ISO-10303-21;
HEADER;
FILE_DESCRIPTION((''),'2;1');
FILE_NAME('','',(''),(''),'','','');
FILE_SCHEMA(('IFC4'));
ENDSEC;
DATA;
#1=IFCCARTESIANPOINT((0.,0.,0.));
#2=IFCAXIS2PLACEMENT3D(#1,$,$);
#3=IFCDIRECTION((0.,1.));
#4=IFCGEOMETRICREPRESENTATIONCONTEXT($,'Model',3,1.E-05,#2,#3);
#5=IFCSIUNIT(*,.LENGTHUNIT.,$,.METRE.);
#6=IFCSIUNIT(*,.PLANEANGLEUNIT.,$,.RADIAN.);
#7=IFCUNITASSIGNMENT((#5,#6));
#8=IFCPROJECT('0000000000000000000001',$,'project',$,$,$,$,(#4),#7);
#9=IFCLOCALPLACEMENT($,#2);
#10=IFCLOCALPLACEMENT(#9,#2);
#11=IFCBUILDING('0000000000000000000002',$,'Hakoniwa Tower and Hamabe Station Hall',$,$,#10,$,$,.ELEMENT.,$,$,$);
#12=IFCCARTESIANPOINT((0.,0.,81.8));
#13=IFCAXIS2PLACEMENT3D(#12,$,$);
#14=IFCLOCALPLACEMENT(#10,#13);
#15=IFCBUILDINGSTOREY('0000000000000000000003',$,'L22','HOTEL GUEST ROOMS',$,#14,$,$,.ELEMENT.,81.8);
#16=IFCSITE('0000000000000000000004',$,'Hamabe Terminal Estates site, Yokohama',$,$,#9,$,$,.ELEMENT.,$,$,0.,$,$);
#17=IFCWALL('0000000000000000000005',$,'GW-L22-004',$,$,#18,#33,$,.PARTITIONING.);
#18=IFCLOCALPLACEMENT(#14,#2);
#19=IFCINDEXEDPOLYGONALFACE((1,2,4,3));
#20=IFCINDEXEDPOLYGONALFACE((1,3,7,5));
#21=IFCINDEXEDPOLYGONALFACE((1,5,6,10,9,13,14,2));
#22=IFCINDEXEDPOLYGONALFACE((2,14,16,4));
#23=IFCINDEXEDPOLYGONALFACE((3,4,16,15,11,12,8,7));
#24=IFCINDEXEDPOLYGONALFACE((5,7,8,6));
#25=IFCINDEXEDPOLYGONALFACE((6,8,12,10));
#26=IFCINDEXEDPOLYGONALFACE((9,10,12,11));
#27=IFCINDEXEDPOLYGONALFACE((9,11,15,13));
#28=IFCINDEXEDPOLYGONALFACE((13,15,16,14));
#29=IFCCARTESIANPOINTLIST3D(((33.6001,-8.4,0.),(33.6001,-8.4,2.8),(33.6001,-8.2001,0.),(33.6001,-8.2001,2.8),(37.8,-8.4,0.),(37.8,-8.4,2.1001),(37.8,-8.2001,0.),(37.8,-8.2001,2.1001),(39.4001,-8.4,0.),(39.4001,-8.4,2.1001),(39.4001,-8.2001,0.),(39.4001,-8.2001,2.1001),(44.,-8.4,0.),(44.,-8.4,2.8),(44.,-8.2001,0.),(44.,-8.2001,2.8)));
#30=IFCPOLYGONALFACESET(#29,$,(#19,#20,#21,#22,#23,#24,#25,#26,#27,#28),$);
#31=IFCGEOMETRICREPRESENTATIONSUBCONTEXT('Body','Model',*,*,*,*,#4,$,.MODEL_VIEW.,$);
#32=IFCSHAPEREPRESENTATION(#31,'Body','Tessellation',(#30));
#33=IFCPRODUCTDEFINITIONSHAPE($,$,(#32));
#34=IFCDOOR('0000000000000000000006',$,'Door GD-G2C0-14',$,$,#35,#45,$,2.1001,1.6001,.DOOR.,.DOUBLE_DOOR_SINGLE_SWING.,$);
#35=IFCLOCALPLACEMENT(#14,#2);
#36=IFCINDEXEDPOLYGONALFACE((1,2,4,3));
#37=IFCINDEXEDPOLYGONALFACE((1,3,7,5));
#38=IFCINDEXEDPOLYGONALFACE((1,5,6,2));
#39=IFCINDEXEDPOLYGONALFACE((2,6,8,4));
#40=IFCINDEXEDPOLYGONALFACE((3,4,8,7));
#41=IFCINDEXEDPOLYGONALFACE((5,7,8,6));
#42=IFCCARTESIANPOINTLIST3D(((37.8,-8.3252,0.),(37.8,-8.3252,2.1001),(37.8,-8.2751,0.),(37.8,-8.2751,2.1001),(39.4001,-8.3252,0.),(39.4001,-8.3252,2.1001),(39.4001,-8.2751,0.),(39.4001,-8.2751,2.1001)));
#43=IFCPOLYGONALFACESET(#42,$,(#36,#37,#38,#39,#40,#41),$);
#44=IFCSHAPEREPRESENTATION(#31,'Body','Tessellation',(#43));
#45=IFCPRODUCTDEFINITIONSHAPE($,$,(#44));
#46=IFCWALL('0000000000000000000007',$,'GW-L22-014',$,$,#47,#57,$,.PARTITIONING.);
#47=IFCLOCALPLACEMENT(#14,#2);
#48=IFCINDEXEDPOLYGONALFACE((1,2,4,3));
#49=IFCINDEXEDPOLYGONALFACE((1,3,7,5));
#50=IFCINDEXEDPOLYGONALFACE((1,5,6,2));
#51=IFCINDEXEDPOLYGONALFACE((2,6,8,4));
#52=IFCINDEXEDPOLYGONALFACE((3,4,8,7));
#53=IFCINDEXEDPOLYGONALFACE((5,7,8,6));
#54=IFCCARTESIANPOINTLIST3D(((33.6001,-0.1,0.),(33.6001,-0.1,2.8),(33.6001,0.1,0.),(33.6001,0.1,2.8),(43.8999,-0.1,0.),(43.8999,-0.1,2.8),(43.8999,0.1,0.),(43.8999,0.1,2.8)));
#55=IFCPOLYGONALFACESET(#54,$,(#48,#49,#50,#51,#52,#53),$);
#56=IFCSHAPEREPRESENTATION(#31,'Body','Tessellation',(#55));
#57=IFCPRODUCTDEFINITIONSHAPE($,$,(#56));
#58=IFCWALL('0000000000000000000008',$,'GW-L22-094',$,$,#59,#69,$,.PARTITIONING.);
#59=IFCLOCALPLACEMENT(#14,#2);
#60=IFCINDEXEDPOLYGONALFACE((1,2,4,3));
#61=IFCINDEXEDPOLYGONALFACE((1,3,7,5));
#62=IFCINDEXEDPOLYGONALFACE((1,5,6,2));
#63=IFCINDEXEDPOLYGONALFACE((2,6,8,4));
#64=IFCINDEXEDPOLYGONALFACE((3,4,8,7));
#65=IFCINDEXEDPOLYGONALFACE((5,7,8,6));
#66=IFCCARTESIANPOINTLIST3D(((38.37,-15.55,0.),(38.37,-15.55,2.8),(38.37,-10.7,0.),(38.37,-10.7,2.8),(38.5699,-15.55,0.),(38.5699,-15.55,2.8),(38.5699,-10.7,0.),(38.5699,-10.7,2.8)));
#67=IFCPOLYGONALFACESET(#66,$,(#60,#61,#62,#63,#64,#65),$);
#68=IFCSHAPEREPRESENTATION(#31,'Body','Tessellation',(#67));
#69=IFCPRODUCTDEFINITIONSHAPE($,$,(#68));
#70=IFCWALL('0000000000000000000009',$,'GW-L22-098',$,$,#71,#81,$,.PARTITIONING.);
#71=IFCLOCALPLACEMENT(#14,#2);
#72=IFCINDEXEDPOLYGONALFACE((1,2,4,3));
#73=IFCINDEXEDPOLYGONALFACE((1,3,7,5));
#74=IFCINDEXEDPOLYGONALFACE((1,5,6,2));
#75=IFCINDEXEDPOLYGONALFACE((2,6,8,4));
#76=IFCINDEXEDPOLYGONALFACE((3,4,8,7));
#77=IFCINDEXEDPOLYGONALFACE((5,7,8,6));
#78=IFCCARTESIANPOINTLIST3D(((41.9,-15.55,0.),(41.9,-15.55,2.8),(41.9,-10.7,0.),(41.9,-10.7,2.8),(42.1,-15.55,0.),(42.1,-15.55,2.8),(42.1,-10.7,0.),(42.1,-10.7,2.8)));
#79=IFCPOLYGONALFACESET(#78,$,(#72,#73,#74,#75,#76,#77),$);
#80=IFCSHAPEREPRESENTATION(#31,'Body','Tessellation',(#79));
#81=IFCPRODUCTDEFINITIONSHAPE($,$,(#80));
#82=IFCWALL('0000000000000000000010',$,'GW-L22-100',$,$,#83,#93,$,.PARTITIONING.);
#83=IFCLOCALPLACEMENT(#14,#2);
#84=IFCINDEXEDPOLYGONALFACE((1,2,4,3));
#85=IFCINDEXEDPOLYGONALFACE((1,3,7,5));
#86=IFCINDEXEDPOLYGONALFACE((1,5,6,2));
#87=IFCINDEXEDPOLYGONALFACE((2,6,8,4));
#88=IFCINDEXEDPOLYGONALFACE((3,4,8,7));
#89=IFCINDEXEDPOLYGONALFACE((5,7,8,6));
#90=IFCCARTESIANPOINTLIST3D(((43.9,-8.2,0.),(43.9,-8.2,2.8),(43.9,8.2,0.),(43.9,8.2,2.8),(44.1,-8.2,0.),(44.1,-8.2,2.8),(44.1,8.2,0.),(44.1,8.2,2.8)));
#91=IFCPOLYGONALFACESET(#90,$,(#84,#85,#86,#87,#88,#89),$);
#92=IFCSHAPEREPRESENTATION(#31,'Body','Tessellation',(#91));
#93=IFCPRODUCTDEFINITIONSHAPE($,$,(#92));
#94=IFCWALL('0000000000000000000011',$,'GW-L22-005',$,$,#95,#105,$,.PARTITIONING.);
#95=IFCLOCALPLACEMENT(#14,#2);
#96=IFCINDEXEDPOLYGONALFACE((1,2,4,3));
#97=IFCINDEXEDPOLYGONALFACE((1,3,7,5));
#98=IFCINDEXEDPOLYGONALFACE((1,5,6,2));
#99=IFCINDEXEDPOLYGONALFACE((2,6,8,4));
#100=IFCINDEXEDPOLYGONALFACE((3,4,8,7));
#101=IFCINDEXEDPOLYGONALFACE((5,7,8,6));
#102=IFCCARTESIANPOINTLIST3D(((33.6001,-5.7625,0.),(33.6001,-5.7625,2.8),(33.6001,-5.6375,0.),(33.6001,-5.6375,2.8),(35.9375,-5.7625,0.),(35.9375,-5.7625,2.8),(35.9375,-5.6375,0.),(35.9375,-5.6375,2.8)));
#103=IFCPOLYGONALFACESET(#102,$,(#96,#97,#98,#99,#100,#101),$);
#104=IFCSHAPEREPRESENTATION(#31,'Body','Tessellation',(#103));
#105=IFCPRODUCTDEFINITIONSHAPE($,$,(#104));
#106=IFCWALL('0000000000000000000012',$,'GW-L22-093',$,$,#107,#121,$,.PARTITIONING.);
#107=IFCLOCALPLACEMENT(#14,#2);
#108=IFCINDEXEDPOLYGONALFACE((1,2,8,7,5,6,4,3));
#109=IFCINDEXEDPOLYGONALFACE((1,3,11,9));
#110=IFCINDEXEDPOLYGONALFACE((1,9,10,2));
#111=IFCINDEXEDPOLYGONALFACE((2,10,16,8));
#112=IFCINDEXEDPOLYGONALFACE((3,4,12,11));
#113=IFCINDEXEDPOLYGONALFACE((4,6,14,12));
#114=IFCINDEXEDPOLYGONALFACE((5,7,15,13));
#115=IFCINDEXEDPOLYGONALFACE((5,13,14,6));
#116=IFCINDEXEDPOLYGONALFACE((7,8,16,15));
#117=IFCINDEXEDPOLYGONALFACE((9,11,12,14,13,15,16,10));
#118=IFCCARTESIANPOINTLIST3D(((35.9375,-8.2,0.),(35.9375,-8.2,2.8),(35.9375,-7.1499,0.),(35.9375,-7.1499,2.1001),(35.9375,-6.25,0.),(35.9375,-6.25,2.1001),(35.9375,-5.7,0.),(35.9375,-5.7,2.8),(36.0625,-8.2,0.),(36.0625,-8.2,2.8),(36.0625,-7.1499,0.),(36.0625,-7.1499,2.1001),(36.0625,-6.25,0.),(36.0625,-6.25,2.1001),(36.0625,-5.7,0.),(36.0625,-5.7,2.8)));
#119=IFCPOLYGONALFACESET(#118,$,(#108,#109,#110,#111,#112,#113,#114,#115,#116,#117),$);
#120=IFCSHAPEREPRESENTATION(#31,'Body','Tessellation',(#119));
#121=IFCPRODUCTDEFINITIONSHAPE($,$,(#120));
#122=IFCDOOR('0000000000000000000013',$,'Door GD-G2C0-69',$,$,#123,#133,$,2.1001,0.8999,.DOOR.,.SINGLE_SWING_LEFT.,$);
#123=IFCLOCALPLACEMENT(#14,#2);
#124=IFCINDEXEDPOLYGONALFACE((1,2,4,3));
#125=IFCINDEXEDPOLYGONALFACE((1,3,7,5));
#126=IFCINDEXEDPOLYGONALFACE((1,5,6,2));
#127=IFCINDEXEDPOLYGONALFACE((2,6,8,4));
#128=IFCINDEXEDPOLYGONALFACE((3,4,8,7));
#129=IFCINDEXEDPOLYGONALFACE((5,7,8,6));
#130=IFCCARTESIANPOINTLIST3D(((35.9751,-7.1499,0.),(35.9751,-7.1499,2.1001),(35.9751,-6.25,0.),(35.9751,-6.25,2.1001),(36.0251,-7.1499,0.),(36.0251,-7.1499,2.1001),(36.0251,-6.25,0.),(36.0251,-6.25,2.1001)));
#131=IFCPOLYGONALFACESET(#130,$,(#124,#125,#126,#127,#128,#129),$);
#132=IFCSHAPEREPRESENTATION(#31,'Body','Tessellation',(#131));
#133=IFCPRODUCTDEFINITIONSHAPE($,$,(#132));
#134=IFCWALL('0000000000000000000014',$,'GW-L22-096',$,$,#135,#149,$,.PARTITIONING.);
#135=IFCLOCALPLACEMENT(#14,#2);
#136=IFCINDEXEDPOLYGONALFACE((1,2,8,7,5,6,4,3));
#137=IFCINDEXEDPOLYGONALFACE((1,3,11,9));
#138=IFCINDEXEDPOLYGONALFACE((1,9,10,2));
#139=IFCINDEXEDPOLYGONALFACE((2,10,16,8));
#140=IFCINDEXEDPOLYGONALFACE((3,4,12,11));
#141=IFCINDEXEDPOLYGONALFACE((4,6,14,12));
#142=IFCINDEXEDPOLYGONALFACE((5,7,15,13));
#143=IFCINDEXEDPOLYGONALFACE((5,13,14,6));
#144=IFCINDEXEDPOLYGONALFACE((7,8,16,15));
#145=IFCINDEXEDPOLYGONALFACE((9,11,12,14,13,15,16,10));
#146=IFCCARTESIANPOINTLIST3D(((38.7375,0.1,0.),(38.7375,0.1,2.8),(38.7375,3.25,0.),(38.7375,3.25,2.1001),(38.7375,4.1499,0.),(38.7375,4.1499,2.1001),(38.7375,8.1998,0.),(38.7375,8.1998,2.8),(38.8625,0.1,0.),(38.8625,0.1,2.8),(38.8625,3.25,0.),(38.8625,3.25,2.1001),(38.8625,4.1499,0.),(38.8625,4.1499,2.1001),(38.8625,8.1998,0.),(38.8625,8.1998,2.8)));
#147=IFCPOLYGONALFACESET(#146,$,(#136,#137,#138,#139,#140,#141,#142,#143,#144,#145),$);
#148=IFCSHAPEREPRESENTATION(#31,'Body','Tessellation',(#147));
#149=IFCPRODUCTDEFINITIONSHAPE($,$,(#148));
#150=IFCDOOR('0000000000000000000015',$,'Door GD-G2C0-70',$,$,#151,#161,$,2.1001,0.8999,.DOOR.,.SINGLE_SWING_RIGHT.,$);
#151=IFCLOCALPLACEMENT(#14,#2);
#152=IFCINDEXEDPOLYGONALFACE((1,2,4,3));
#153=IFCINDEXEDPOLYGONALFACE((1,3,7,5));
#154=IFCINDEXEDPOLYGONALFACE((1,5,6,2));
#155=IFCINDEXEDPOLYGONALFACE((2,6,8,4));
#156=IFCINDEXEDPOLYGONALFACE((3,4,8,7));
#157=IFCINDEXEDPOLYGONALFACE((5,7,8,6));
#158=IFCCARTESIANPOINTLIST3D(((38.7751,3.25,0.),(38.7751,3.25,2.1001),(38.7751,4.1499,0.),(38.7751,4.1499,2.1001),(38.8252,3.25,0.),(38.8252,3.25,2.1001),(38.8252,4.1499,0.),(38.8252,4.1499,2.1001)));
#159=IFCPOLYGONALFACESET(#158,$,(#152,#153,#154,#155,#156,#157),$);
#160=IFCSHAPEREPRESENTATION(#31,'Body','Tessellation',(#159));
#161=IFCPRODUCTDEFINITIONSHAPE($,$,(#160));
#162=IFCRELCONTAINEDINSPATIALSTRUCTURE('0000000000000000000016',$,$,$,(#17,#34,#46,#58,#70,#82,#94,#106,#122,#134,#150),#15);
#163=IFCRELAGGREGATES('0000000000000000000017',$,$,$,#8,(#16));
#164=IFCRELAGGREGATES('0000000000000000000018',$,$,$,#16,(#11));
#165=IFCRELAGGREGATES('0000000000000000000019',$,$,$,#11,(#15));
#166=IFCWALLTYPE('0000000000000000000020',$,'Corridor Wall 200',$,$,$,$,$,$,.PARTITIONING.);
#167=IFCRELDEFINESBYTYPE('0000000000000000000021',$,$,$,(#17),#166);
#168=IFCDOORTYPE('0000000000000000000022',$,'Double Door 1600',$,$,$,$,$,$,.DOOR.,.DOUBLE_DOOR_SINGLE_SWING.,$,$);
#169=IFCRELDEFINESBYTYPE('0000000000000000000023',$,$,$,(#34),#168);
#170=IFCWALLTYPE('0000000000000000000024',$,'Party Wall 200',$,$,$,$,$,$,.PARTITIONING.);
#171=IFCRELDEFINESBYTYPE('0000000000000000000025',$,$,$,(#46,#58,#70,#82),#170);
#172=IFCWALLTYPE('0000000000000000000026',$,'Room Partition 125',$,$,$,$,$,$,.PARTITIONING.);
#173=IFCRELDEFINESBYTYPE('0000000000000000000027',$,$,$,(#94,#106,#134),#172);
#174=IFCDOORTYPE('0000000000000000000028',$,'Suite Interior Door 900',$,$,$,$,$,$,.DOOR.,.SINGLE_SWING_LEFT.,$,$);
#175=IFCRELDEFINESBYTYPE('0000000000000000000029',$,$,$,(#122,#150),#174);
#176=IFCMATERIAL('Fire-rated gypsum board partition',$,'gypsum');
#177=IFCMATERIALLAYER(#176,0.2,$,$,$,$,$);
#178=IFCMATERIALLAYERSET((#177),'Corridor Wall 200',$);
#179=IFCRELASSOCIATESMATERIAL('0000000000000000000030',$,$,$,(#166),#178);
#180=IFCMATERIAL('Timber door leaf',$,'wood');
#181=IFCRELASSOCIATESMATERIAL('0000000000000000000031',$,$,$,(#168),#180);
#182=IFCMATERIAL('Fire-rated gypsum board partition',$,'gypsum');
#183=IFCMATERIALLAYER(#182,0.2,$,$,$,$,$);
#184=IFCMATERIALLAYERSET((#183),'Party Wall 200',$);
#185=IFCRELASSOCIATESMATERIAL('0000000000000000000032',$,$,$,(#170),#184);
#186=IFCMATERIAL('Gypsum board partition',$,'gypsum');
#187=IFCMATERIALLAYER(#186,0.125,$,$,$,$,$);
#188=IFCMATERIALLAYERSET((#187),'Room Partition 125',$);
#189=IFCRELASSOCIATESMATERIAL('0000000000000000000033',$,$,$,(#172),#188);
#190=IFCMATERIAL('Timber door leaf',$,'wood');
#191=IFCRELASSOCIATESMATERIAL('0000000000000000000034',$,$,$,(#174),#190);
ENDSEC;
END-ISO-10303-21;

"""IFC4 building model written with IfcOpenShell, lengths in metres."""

from ifc_helpers import new_model, si_unit, direction, frame, frame_2d, origin, place, context, subcontext, project, spatial, rectangle, extrude, material, layer, layer_set, type_object, element, fill, save


model = new_model("IFC4")

# Units and contexts
model_context = context("Model", 3, precision=1e-05, world=origin(), true_north=direction((0.0, 1.0)))
body_context = subcontext(model_context, "Body", "Model", "MODEL_VIEW")
ifc_project = project(units=[si_unit("LENGTHUNIT", "METRE"), si_unit("PLANEANGLEUNIT", "RADIAN")], contexts=[model_context])

# Site, building, storey
site_placement = place(None, origin())
site = spatial("IfcSite", under=ifc_project, at=site_placement, Name="Hamabe Terminal Estates site, Yokohama", CompositionType="ELEMENT", RefElevation=0.0)
building_placement = place(site_placement, origin())
building = spatial("IfcBuilding", under=site, at=building_placement, Name="Hakoniwa Tower and Hamabe Station Hall", CompositionType="ELEMENT")
storey_placement = place(building_placement, frame((0.0, 0.0, 81.8)))
storey = spatial("IfcBuildingStorey", under=building, at=storey_placement, Name="L22", Description="HOTEL GUEST ROOMS", CompositionType="ELEMENT", Elevation=81.8)

# Wall, opening, door
ifc_material_1 = material(Name="Fire-rated gypsum board partition", Category="gypsum")
ifc_layer_1 = layer(ifc_material_1, 0.2)
ifc_layer_set_1 = layer_set([ifc_layer_1], Name="Corridor Wall 200")
wall_type_1 = type_object("IfcWallType", Name="Corridor Wall 200", PredefinedType="PARTITIONING", material=ifc_layer_set_1)
wall_1_placement = place(storey_placement, frame((33.6001, -8.3, 0.0), z_axis=(0.0, 0.0, 1.0), x_axis=(1.0, 0.0, 0.0)))
wall_1 = element("IfcWall", 1, at=wall_1_placement, inside=storey, type_object=wall_type_1, Name="GW-L22-004", PredefinedType="PARTITIONING", context=body_context, shape_type="SweptSolid", body=[
    extrude(rectangle(XDim=10.3999, YDim=0.2, at=frame_2d((5.2, 0.0))), origin(), (0.0, 0.0, 1.0), 2.8),
])
opening_1_placement = place(wall_1_placement, frame((4.2, 0.0, 0.0)))
opening_1 = element("IfcOpeningElement", 2, at=opening_1_placement, cuts=wall_1, PredefinedType="OPENING", context=body_context, shape_type="SweptSolid", body=[
    extrude(rectangle(XDim=1.6001, YDim=2.1001, at=frame_2d((0.8, 1.05))), frame((0.0, 0.1099, 0.0), z_axis=(0.0, -1.0, 0.0), x_axis=(1.0, 0.0, 0.0)), (0.0, 0.0, 1.0), 0.22),
])
ifc_material_2 = material(Name="Timber door leaf", Category="wood")
door_type_1 = type_object("IfcDoorType", Name="Double Door 1600", OperationType="DOUBLE_DOOR_SINGLE_SWING", PredefinedType="DOOR", material=ifc_material_2)
door_1_placement = place(opening_1_placement, origin())
door_1 = element("IfcDoor", 3, at=door_1_placement, inside=storey, type_object=door_type_1, Name="Door GD-G2C0-14", OperationType="DOUBLE_DOOR_SINGLE_SWING", OverallHeight=2.1001, OverallWidth=1.6001, PredefinedType="DOOR", context=body_context, shape_type="SweptSolid", body=[
    extrude(rectangle(XDim=1.6001, YDim=2.1001, at=frame_2d((0.8, 1.05))), frame((0.0, 0.0249, 0.0), z_axis=(0.0, -1.0, 0.0), x_axis=(1.0, 0.0, 0.0)), (0.0, 0.0, 1.0), 0.05),
])
fill(opening_1, door_1)

# Walls
ifc_material_3 = material(Name="Fire-rated gypsum board partition", Category="gypsum")
ifc_layer_2 = layer(ifc_material_3, 0.2)
ifc_layer_set_2 = layer_set([ifc_layer_2], Name="Party Wall 200")
wall_type_2 = type_object("IfcWallType", Name="Party Wall 200", PredefinedType="PARTITIONING", material=ifc_layer_set_2)
wall_2_placement = place(storey_placement, frame((33.6001, 0.0, 0.0), z_axis=(0.0, 0.0, 1.0), x_axis=(1.0, 0.0, 0.0)))
element("IfcWall", 4, at=wall_2_placement, inside=storey, type_object=wall_type_2, Name="GW-L22-014", PredefinedType="PARTITIONING", context=body_context, shape_type="SweptSolid", body=[
    extrude(rectangle(XDim=10.2998, YDim=0.2, at=frame_2d((5.1499, 0.0))), origin(), (0.0, 0.0, 1.0), 2.8),
])
for number, where, z_axis, x_axis, name in (
    (5, (38.47, -15.55, 0.0), (0.0, 0.0, 1.0), (0.0, 1.0, 0.0), "GW-L22-094"),
    (6, (42.0, -15.55, 0.0), (0.0, 0.0, 1.0), (0.0, 1.0, 0.0), "GW-L22-098"),
):
    element("IfcWall", number, at=place(storey_placement, frame(where, z_axis=z_axis, x_axis=x_axis)), inside=storey, type_object=wall_type_2, Name=name, PredefinedType="PARTITIONING", context=body_context, shape_type="SweptSolid", body=[
        extrude(rectangle(XDim=4.8501, YDim=0.2, at=frame_2d((2.425, 0.0))), origin(), (0.0, 0.0, 1.0), 2.8),
    ])
wall_3_placement = place(storey_placement, frame((44.0, -8.2, 0.0), z_axis=(0.0, 0.0, 1.0), x_axis=(0.0, 1.0, 0.0)))
element("IfcWall", 7, at=wall_3_placement, inside=storey, type_object=wall_type_2, Name="GW-L22-100", PredefinedType="PARTITIONING", context=body_context, shape_type="SweptSolid", body=[
    extrude(rectangle(XDim=16.3999, YDim=0.2, at=frame_2d((8.2, 0.0))), origin(), (0.0, 0.0, 1.0), 2.8),
])
ifc_material_4 = material(Name="Gypsum board partition", Category="gypsum")
ifc_layer_3 = layer(ifc_material_4, 0.125)
ifc_layer_set_3 = layer_set([ifc_layer_3], Name="Room Partition 125")
wall_type_3 = type_object("IfcWallType", Name="Room Partition 125", PredefinedType="PARTITIONING", material=ifc_layer_set_3)
wall_4_placement = place(storey_placement, frame((33.6001, -5.7, 0.0), z_axis=(0.0, 0.0, 1.0), x_axis=(1.0, 0.0, 0.0)))
element("IfcWall", 8, at=wall_4_placement, inside=storey, type_object=wall_type_3, Name="GW-L22-005", PredefinedType="PARTITIONING", context=body_context, shape_type="SweptSolid", body=[
    extrude(rectangle(XDim=2.3374, YDim=0.125, at=frame_2d((1.1687, 0.0))), origin(), (0.0, 0.0, 1.0), 2.8),
])

# Walls, openings, doors
wall_5_placement = place(storey_placement, frame((36.0, -8.2, 0.0), z_axis=(0.0, 0.0, 1.0), x_axis=(0.0, 1.0, 0.0)))
wall_5 = element("IfcWall", 9, at=wall_5_placement, inside=storey, type_object=wall_type_3, Name="GW-L22-093", PredefinedType="PARTITIONING", context=body_context, shape_type="SweptSolid", body=[
    extrude(rectangle(XDim=2.5, YDim=0.125, at=frame_2d((1.25, 0.0))), origin(), (0.0, 0.0, 1.0), 2.8),
])
opening_2_placement = place(wall_5_placement, frame((1.05, 0.0, 0.0)))
opening_2 = element("IfcOpeningElement", 10, at=opening_2_placement, cuts=wall_5, PredefinedType="OPENING", context=body_context, shape_type="SweptSolid", body=[
    extrude(rectangle(XDim=0.8999, YDim=2.1001, at=frame_2d((0.45, 1.05))), frame((0.0, 0.0725, 0.0), z_axis=(0.0, -1.0, 0.0), x_axis=(1.0, 0.0, 0.0)), (0.0, 0.0, 1.0), 0.145),
])
ifc_material_5 = material(Name="Timber door leaf", Category="wood")
door_type_2 = type_object("IfcDoorType", Name="Suite Interior Door 900", OperationType="SINGLE_SWING_LEFT", PredefinedType="DOOR", material=ifc_material_5)
door_2_placement = place(opening_2_placement, origin())
door_2 = element("IfcDoor", 11, at=door_2_placement, inside=storey, type_object=door_type_2, Name="Door GD-G2C0-69", OperationType="SINGLE_SWING_LEFT", OverallHeight=2.1001, OverallWidth=0.8999, PredefinedType="DOOR", context=body_context, shape_type="SweptSolid", body=[
    extrude(rectangle(XDim=0.8999, YDim=2.1001, at=frame_2d((0.45, 1.05))), frame((0.0, 0.0249, 0.0), z_axis=(0.0, -1.0, 0.0), x_axis=(1.0, 0.0, 0.0)), (0.0, 0.0, 1.0), 0.05),
])
fill(opening_2, door_2)
wall_6_placement = place(storey_placement, frame((38.8, 0.1001, 0.0), z_axis=(0.0, 0.0, 1.0), x_axis=(0.0, 1.0, 0.0)))
wall_6 = element("IfcWall", 12, at=wall_6_placement, inside=storey, type_object=wall_type_3, Name="GW-L22-096", PredefinedType="PARTITIONING", context=body_context, shape_type="SweptSolid", body=[
    extrude(rectangle(XDim=8.0999, YDim=0.125, at=frame_2d((4.0498, 0.0))), origin(), (0.0, 0.0, 1.0), 2.8),
])
opening_3_placement = place(wall_6_placement, frame((3.1499, 0.0, 0.0)))
opening_3 = element("IfcOpeningElement", 13, at=opening_3_placement, cuts=wall_6, PredefinedType="OPENING", context=body_context, shape_type="SweptSolid", body=[
    extrude(rectangle(XDim=0.8999, YDim=2.1001, at=frame_2d((0.45, 1.05))), frame((0.0, 0.0725, 0.0), z_axis=(0.0, -1.0, 0.0), x_axis=(1.0, 0.0, 0.0)), (0.0, 0.0, 1.0), 0.145),
])
door_3_placement = place(opening_3_placement, origin())
door_3 = element("IfcDoor", 14, at=door_3_placement, inside=storey, type_object=door_type_2, Name="Door GD-G2C0-70", OperationType="SINGLE_SWING_RIGHT", OverallHeight=2.1001, OverallWidth=0.8999, PredefinedType="DOOR", context=body_context, shape_type="SweptSolid", body=[
    extrude(rectangle(XDim=0.8999, YDim=2.1001, at=frame_2d((0.45, 1.05))), frame((0.0, 0.0249, 0.0), z_axis=(0.0, -1.0, 0.0), x_axis=(1.0, 0.0, 0.0)), (0.0, 0.0, 1.0), 0.05),
])
fill(opening_3, door_3)

save(model, "model.ifc")
